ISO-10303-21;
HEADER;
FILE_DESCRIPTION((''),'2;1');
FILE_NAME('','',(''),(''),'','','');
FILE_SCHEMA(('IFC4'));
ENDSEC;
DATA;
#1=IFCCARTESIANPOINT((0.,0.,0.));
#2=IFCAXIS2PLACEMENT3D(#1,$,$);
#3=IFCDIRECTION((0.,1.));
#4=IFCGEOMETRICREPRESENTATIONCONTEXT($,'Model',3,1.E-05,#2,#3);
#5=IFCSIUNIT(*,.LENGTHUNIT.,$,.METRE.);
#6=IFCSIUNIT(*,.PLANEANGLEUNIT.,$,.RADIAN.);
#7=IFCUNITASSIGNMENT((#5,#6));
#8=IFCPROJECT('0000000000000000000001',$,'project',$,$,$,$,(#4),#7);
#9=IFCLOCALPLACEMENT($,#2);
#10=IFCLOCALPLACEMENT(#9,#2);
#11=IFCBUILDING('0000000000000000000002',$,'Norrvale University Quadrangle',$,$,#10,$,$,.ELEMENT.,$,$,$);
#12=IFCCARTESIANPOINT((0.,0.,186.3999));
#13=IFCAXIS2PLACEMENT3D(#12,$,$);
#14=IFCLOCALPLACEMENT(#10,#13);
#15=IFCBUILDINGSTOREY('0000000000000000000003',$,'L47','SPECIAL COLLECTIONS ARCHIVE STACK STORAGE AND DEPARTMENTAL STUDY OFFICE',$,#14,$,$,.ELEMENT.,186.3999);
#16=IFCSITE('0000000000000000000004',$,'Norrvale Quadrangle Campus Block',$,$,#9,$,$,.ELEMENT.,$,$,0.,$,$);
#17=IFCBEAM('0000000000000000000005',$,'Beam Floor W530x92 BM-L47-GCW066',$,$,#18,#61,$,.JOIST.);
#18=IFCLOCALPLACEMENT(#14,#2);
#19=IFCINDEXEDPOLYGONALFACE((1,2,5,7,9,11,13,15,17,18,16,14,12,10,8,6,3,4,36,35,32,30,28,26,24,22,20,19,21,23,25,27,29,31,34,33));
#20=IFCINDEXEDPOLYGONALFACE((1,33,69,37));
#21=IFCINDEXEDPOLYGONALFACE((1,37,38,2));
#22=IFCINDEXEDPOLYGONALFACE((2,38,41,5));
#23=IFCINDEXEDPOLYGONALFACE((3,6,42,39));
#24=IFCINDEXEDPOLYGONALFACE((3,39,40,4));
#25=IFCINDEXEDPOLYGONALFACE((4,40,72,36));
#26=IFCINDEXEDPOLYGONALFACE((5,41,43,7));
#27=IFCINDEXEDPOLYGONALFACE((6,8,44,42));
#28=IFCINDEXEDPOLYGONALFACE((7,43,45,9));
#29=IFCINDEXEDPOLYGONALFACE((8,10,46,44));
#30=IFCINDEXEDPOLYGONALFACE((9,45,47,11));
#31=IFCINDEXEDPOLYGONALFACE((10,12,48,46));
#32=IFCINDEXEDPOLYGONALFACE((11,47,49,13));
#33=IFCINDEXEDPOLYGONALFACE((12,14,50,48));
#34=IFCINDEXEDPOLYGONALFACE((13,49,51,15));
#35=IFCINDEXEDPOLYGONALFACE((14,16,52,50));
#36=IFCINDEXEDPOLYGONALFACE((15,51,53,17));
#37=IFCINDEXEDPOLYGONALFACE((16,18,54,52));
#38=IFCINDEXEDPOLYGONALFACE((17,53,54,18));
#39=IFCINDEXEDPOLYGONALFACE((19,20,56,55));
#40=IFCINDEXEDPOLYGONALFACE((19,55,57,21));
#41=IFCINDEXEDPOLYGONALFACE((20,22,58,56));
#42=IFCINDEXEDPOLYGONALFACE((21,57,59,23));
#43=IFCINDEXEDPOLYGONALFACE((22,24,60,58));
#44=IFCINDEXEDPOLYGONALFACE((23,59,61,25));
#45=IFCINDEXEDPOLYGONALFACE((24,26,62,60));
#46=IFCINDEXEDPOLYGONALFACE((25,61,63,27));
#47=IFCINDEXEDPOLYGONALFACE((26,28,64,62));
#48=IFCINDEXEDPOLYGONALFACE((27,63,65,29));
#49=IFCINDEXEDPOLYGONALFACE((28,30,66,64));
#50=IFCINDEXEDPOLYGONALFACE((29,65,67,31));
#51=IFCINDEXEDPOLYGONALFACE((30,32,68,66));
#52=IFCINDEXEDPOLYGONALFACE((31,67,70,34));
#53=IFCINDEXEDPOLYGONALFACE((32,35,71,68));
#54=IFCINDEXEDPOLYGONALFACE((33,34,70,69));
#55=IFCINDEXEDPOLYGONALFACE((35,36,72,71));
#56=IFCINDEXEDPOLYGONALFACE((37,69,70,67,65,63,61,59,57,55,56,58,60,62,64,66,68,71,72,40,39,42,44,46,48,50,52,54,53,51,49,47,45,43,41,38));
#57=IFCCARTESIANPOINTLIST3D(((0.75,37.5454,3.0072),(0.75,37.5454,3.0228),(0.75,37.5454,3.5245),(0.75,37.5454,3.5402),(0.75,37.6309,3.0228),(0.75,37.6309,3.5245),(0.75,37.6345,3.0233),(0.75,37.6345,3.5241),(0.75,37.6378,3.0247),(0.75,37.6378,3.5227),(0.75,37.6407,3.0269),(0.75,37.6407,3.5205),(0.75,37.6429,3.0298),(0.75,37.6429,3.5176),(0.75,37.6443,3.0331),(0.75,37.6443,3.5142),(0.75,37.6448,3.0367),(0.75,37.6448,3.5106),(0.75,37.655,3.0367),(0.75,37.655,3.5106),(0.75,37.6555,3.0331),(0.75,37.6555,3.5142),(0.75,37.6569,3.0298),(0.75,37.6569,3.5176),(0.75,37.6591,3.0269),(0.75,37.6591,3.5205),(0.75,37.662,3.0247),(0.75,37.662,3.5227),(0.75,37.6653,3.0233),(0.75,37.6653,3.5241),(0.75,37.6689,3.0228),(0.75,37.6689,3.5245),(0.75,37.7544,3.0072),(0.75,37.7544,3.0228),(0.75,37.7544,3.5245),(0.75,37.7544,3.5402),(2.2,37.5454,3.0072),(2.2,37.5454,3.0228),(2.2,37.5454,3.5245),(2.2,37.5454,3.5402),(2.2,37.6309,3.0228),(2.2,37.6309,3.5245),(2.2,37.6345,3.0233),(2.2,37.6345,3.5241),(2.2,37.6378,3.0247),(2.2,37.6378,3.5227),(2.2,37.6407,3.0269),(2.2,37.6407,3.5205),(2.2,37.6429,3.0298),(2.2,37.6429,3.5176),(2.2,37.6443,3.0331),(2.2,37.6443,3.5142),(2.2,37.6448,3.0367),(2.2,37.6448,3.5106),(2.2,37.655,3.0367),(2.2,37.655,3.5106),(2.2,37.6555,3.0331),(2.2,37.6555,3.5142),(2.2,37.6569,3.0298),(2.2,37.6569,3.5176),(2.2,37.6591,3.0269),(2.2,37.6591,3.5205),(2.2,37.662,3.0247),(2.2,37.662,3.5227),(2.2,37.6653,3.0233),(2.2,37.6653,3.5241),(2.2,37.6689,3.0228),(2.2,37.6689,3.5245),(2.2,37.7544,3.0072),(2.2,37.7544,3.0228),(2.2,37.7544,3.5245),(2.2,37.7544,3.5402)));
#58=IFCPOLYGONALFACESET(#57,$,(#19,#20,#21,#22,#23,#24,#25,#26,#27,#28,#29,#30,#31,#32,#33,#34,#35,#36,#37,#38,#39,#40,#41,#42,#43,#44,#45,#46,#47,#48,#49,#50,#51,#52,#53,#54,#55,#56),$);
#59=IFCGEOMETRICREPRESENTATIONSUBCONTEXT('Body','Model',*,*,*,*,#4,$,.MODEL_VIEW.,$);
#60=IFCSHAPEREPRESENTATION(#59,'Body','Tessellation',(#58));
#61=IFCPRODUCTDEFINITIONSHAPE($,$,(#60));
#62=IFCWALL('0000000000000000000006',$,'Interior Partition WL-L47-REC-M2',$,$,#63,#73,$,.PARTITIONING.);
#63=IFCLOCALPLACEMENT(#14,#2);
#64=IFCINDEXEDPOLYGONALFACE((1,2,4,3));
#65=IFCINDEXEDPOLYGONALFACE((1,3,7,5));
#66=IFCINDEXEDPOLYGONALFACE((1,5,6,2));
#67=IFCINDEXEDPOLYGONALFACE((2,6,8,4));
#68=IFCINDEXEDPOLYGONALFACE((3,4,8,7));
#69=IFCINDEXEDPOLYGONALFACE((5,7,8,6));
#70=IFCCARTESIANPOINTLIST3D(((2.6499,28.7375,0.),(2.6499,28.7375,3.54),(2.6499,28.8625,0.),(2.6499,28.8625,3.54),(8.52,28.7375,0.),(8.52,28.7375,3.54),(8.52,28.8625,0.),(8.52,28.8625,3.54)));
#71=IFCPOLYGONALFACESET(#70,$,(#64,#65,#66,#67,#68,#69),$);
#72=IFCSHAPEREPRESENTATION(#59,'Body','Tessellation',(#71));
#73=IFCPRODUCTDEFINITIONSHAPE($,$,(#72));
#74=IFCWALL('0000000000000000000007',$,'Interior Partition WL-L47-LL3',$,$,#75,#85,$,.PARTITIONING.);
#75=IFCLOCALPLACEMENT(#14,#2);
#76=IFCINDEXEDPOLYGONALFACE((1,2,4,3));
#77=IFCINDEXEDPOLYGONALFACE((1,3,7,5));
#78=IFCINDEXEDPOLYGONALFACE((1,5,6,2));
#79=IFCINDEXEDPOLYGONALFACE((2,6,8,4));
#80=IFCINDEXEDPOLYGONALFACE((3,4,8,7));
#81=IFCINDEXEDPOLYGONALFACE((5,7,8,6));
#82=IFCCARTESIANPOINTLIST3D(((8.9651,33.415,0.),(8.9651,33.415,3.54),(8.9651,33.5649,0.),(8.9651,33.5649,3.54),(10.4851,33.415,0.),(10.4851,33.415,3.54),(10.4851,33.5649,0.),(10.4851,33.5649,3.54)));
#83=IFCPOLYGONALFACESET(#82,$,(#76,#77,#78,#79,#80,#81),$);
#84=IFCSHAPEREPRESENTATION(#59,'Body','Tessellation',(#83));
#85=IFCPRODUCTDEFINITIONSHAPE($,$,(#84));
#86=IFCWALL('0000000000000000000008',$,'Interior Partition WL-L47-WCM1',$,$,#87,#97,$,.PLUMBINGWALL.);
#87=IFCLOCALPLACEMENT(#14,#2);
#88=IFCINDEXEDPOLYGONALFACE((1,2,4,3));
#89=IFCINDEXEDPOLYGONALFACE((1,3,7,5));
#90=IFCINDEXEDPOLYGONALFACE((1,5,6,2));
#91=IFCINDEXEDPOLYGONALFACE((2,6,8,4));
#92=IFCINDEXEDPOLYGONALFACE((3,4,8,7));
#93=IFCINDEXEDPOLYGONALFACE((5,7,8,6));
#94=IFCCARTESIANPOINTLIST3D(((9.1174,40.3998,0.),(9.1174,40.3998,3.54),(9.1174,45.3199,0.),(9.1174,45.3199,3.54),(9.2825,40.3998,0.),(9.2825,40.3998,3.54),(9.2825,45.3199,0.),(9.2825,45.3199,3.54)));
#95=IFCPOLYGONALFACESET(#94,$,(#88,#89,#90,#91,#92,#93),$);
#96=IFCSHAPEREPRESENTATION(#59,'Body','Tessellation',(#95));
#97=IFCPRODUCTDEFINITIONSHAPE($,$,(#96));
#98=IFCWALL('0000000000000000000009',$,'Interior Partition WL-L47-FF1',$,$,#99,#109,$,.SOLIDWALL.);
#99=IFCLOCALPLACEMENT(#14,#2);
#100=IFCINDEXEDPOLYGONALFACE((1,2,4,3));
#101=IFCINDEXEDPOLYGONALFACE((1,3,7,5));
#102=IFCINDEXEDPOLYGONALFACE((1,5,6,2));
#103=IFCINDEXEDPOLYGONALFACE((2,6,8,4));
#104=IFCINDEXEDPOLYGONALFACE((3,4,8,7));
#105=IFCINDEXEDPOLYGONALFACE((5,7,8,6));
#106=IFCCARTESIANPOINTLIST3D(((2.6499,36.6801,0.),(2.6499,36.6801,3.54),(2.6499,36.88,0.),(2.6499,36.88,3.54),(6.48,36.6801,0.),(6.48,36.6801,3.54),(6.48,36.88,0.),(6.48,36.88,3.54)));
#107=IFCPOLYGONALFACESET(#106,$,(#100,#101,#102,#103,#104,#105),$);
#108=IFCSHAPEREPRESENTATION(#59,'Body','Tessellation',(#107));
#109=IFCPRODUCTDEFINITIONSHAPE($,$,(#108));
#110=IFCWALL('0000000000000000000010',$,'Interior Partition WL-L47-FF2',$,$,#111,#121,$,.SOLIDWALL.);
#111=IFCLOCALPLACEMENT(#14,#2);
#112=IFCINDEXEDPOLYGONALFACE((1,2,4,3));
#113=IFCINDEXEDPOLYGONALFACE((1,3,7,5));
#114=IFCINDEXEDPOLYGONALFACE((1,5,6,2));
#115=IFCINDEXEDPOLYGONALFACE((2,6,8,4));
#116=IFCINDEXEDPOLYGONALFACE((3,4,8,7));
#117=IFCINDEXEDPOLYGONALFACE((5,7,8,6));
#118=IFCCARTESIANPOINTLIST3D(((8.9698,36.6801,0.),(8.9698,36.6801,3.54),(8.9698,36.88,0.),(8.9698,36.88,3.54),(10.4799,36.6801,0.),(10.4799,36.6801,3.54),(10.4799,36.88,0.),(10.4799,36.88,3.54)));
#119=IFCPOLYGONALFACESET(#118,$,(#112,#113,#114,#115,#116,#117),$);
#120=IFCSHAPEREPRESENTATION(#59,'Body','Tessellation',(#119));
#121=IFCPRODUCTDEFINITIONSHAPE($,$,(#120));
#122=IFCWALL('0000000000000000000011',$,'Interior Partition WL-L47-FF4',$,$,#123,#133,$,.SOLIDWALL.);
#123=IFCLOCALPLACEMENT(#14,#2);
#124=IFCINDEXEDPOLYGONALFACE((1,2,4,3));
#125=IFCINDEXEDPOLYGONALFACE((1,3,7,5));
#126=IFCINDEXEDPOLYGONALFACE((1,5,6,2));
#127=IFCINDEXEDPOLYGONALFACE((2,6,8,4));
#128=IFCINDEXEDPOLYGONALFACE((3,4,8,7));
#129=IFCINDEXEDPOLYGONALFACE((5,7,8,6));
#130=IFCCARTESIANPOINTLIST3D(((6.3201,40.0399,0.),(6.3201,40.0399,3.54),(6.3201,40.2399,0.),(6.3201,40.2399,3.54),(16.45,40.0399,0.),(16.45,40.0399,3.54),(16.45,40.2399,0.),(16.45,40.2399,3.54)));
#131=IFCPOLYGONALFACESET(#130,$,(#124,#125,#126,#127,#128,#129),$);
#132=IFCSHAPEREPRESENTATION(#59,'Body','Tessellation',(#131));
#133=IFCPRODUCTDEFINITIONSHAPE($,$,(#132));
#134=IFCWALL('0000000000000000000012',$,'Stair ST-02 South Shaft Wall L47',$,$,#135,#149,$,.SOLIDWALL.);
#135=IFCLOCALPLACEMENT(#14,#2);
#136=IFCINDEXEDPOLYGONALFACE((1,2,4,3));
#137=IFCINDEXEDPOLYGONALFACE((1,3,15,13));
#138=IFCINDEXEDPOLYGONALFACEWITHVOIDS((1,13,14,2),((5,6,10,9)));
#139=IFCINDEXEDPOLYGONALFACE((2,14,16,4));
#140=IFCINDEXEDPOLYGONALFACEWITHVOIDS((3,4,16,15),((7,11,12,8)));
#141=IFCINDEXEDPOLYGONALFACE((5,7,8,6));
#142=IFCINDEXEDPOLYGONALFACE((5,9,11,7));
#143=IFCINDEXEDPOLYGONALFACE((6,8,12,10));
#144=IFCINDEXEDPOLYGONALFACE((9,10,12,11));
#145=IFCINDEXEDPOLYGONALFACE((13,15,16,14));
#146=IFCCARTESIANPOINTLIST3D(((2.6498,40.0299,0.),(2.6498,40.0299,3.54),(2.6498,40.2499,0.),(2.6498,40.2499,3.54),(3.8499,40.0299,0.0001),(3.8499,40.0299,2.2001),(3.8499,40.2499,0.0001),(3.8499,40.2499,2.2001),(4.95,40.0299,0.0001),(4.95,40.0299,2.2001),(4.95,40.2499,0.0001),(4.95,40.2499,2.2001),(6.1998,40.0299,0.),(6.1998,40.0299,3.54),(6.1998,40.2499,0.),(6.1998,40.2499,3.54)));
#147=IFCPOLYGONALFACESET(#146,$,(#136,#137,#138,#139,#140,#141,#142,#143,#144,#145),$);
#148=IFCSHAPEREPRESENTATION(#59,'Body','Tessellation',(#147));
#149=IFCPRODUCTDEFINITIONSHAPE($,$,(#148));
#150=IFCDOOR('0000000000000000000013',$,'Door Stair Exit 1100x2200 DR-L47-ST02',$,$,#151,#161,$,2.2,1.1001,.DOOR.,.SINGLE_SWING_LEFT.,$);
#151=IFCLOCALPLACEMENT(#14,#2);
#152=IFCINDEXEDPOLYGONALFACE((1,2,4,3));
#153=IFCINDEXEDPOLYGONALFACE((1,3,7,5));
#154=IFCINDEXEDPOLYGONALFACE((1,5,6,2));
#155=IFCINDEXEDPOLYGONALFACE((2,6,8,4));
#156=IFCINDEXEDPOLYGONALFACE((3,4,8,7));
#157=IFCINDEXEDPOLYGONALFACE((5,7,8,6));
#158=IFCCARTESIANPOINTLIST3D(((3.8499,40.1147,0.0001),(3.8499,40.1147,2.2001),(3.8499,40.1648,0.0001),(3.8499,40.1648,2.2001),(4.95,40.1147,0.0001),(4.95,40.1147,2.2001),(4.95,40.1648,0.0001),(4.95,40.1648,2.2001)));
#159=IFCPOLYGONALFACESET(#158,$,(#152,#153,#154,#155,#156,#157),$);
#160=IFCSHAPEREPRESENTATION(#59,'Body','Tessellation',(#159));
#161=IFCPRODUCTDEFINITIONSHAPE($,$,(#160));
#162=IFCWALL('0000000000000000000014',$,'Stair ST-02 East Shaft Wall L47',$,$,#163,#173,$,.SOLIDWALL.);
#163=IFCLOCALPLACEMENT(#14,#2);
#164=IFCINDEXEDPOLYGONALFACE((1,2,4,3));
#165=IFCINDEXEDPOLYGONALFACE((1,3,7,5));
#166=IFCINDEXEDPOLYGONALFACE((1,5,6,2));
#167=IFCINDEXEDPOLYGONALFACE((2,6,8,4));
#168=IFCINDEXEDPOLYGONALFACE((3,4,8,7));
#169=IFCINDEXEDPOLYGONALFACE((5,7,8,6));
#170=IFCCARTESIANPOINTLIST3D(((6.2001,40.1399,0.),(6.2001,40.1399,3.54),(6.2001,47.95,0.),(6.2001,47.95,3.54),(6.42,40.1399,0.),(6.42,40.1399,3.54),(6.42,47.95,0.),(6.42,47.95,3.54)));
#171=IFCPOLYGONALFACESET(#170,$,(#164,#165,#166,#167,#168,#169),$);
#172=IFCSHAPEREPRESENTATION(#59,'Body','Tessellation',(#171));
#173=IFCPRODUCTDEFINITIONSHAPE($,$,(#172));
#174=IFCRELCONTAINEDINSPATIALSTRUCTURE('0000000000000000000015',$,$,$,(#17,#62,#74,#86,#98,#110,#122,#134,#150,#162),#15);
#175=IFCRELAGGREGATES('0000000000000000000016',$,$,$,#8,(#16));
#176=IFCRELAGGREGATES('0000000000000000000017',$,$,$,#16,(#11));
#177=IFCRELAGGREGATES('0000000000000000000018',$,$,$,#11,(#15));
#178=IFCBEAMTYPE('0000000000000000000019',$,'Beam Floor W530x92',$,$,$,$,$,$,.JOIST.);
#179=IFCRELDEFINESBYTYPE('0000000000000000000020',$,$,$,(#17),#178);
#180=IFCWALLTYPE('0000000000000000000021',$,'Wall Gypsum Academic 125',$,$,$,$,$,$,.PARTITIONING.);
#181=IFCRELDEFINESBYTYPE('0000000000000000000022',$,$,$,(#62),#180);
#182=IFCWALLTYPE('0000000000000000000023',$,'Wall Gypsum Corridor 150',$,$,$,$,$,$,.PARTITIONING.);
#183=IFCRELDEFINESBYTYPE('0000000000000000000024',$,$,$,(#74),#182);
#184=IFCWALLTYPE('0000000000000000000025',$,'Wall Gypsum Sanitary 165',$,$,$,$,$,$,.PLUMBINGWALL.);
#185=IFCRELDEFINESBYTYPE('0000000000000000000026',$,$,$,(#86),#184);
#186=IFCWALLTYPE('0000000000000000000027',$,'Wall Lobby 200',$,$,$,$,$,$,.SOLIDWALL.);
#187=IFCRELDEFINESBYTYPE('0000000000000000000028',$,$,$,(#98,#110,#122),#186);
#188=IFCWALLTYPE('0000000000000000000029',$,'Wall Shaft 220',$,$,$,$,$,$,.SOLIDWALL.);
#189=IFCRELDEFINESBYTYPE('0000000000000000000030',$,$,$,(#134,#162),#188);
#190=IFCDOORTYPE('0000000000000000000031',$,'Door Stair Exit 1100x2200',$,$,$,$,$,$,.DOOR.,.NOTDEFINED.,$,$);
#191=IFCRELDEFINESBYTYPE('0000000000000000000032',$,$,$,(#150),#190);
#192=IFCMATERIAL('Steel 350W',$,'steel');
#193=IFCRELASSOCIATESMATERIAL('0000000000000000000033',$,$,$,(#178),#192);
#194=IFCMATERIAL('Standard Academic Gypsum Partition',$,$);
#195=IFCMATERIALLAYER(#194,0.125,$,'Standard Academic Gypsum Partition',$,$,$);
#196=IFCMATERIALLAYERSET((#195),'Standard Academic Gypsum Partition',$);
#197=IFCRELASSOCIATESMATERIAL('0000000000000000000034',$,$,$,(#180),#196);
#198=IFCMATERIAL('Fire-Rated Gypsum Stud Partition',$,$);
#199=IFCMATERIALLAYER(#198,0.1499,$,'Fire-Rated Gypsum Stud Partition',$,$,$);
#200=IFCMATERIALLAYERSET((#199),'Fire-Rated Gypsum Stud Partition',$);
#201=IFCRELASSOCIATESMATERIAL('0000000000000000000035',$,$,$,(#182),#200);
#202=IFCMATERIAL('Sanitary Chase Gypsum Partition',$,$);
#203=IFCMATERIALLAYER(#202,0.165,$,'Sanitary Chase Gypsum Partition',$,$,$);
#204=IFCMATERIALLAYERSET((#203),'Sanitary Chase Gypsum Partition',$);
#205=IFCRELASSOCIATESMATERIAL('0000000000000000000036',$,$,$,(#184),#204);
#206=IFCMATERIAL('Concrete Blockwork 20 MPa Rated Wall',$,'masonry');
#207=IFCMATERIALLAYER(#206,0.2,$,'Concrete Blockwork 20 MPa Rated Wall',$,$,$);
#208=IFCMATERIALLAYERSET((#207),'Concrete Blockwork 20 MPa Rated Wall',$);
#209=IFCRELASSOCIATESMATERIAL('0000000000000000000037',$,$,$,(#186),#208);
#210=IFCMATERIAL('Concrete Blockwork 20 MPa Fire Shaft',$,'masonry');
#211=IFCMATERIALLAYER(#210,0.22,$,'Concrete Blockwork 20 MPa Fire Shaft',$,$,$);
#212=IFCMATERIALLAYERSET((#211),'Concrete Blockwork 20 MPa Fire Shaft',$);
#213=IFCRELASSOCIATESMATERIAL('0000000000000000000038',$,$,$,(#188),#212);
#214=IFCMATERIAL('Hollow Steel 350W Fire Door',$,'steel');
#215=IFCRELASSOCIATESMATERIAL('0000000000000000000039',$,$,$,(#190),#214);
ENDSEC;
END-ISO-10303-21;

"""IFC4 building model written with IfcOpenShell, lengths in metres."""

from ifc_helpers import new_model, si_unit, direction, frame, frame_2d, origin, origin_2d, place, context, subcontext, project, spatial, rectangle, i_section, extrude, material, layer, layer_set, material_profile, profile_set, type_object, element, fill, save


model = new_model("IFC4")

# Units and contexts
model_context = context("Model", 3, precision=1e-05, world=origin(), true_north=direction((0.0, 1.0)))
body_context = subcontext(model_context, "Body", "Model", "MODEL_VIEW")
ifc_project = project(units=[si_unit("LENGTHUNIT", "METRE"), si_unit("PLANEANGLEUNIT", "RADIAN")], contexts=[model_context])

# Site, building, storey
site_placement = place(None, origin())
site = spatial("IfcSite", under=ifc_project, at=site_placement, Name="Norrvale Quadrangle Campus Block", CompositionType="ELEMENT", RefElevation=0.0)
building_placement = place(site_placement, origin())
building = spatial("IfcBuilding", under=site, at=building_placement, Name="Norrvale University Quadrangle", CompositionType="ELEMENT")
storey_placement = place(building_placement, frame((0.0, 0.0, 186.3999)))
storey = spatial("IfcBuildingStorey", under=building, at=storey_placement, Name="L47", Description="SPECIAL COLLECTIONS ARCHIVE STACK STORAGE AND DEPARTMENTAL STUDY OFFICE", CompositionType="ELEMENT", Elevation=186.3999)

# Beam
ifc_material_1 = material(Name="Steel 350W", Category="steel")
ifc_material_profile_1 = material_profile(ifc_material_1, i_section(OverallWidth=0.209, OverallDepth=0.533, WebThickness=0.0103, FlangeThickness=0.0156, FilletRadius=0.0139, at=origin_2d()), Name="Steel 350W")
ifc_profile_set_1 = profile_set([ifc_material_profile_1], Name="Steel 350W")
beam_type = type_object("IfcBeamType", Name="Beam Floor W530x92", PredefinedType="JOIST", material=ifc_profile_set_1)
for number, where, z_axis, x_axis, name in (
    (1, (0.75, 37.6499, 3.2737), (1.0, 0.0, 0.0), (0.0, 1.0, 0.0), "Beam Floor W530x92 BM-L47-GCW066"),
):
    element("IfcBeam", number, at=place(storey_placement, frame(where, z_axis=z_axis, x_axis=x_axis)), inside=storey, type_object=beam_type, Name=name, PredefinedType="JOIST", context=body_context, shape_type="SweptSolid", body=[
        extrude(i_section(OverallWidth=0.209, OverallDepth=0.533, WebThickness=0.0103, FlangeThickness=0.0156, FilletRadius=0.0139, at=origin_2d()), origin(), (0.0, 0.0, 1.0), 1.45),
    ])

# Walls
ifc_material_2 = material(Name="Standard Academic Gypsum Partition")
ifc_layer_1 = layer(ifc_material_2, 0.125, Name="Standard Academic Gypsum Partition")
ifc_layer_set_1 = layer_set([ifc_layer_1], Name="Standard Academic Gypsum Partition")
wall_type_1 = type_object("IfcWallType", Name="Wall Gypsum Academic 125", PredefinedType="PARTITIONING", material=ifc_layer_set_1)
wall_1_placement = place(storey_placement, frame((2.6499, 28.8, 0.0), z_axis=(0.0, 0.0, 1.0), x_axis=(1.0, 0.0, 0.0)))
element("IfcWall", 2, at=wall_1_placement, inside=storey, type_object=wall_type_1, Name="Interior Partition WL-L47-REC-M2", PredefinedType="PARTITIONING", context=body_context, shape_type="SweptSolid", body=[
    extrude(rectangle(XDim=5.8701, YDim=0.125, at=frame_2d((2.9351, 0.0))), origin(), (0.0, 0.0, 1.0), 3.54),
])
ifc_material_3 = material(Name="Fire-Rated Gypsum Stud Partition")
ifc_layer_2 = layer(ifc_material_3, 0.1499, Name="Fire-Rated Gypsum Stud Partition")
ifc_layer_set_2 = layer_set([ifc_layer_2], Name="Fire-Rated Gypsum Stud Partition")
wall_type_2 = type_object("IfcWallType", Name="Wall Gypsum Corridor 150", PredefinedType="PARTITIONING", material=ifc_layer_set_2)
wall_2_placement = place(storey_placement, frame((8.9651, 33.49, 0.0), z_axis=(0.0, 0.0, 1.0), x_axis=(1.0, 0.0, 0.0)))
element("IfcWall", 3, at=wall_2_placement, inside=storey, type_object=wall_type_2, Name="Interior Partition WL-L47-LL3", PredefinedType="PARTITIONING", context=body_context, shape_type="SweptSolid", body=[
    extrude(rectangle(XDim=1.52, YDim=0.1499, at=frame_2d((0.76, 0.0))), origin(), (0.0, 0.0, 1.0), 3.54),
])
ifc_material_4 = material(Name="Sanitary Chase Gypsum Partition")
ifc_layer_3 = layer(ifc_material_4, 0.165, Name="Sanitary Chase Gypsum Partition")
ifc_layer_set_3 = layer_set([ifc_layer_3], Name="Sanitary Chase Gypsum Partition")
wall_type_3 = type_object("IfcWallType", Name="Wall Gypsum Sanitary 165", PredefinedType="PLUMBINGWALL", material=ifc_layer_set_3)
wall_3_placement = place(storey_placement, frame((9.2, 40.3999, 0.0), z_axis=(0.0, 0.0, 1.0), x_axis=(0.0, 1.0, 0.0)))
element("IfcWall", 4, at=wall_3_placement, inside=storey, type_object=wall_type_3, Name="Interior Partition WL-L47-WCM1", PredefinedType="PLUMBINGWALL", context=body_context, shape_type="SweptSolid", body=[
    extrude(rectangle(XDim=4.9202, YDim=0.165, at=frame_2d((2.46, 0.0))), origin(), (0.0, 0.0, 1.0), 3.54),
])
ifc_material_5 = material(Name="Concrete Blockwork 20 MPa Rated Wall", Category="masonry")
ifc_layer_4 = layer(ifc_material_5, 0.2, Name="Concrete Blockwork 20 MPa Rated Wall")
ifc_layer_set_4 = layer_set([ifc_layer_4], Name="Concrete Blockwork 20 MPa Rated Wall")
wall_type_4 = type_object("IfcWallType", Name="Wall Lobby 200", PredefinedType="SOLIDWALL", material=ifc_layer_set_4)
wall_4_placement = place(storey_placement, frame((2.6499, 36.78, 0.0), z_axis=(0.0, 0.0, 1.0), x_axis=(1.0, 0.0, 0.0)))
element("IfcWall", 5, at=wall_4_placement, inside=storey, type_object=wall_type_4, Name="Interior Partition WL-L47-FF1", PredefinedType="SOLIDWALL", context=body_context, shape_type="SweptSolid", body=[
    extrude(rectangle(XDim=3.8301, YDim=0.2, at=frame_2d((1.915, 0.0))), origin(), (0.0, 0.0, 1.0), 3.54),
])
wall_5_placement = place(storey_placement, frame((8.97, 36.78, 0.0), z_axis=(0.0, 0.0, 1.0), x_axis=(1.0, 0.0, 0.0)))
element("IfcWall", 6, at=wall_5_placement, inside=storey, type_object=wall_type_4, Name="Interior Partition WL-L47-FF2", PredefinedType="SOLIDWALL", context=body_context, shape_type="SweptSolid", body=[
    extrude(rectangle(XDim=1.51, YDim=0.2, at=frame_2d((0.7549, 0.0))), origin(), (0.0, 0.0, 1.0), 3.54),
])
wall_6_placement = place(storey_placement, frame((6.3201, 40.1399, 0.0), z_axis=(0.0, 0.0, 1.0), x_axis=(1.0, 0.0, 0.0)))
element("IfcWall", 7, at=wall_6_placement, inside=storey, type_object=wall_type_4, Name="Interior Partition WL-L47-FF4", PredefinedType="SOLIDWALL", context=body_context, shape_type="SweptSolid", body=[
    extrude(rectangle(XDim=10.1299, YDim=0.2, at=frame_2d((5.0649, 0.0))), origin(), (0.0, 0.0, 1.0), 3.54),
])

# Wall, opening, door
ifc_material_6 = material(Name="Concrete Blockwork 20 MPa Fire Shaft", Category="masonry")
ifc_layer_5 = layer(ifc_material_6, 0.22, Name="Concrete Blockwork 20 MPa Fire Shaft")
ifc_layer_set_5 = layer_set([ifc_layer_5], Name="Concrete Blockwork 20 MPa Fire Shaft")
wall_type_5 = type_object("IfcWallType", Name="Wall Shaft 220", PredefinedType="SOLIDWALL", material=ifc_layer_set_5)
wall_7_placement = place(storey_placement, frame((2.6499, 40.1399, 0.0), z_axis=(0.0, 0.0, 1.0), x_axis=(1.0, 0.0, 0.0)))
wall_7 = element("IfcWall", 8, at=wall_7_placement, inside=storey, type_object=wall_type_5, Name="Stair ST-02 South Shaft Wall L47", PredefinedType="SOLIDWALL", context=body_context, shape_type="SweptSolid", body=[
    extrude(rectangle(XDim=3.55, YDim=0.22, at=frame_2d((1.7749, 0.0))), origin(), (0.0, 0.0, 1.0), 3.54),
])
opening_1_placement = place(wall_7_placement, frame((1.2, 0.0, 0.0)))
opening_1 = element("IfcOpeningElement", 9, at=opening_1_placement, cuts=wall_7, PredefinedType="OPENING", context=body_context, shape_type="SweptSolid", body=[
    extrude(rectangle(XDim=1.1001, YDim=2.2, at=frame_2d((0.55, 1.1001))), frame((0.0, 0.1221, 0.0), z_axis=(0.0, -1.0, 0.0), x_axis=(1.0, 0.0, 0.0)), (0.0, 0.0, 1.0), 0.2439),
])
ifc_material_7 = material(Name="Hollow Steel 350W Fire Door", Category="steel")
door_type_1 = type_object("IfcDoorType", Name="Door Stair Exit 1100x2200", OperationType="NOTDEFINED", PredefinedType="DOOR", material=ifc_material_7)
door_1_placement = place(opening_1_placement, origin())
door_1 = element("IfcDoor", 10, at=door_1_placement, inside=storey, type_object=door_type_1, Name="Door Stair Exit 1100x2200 DR-L47-ST02", OperationType="SINGLE_SWING_LEFT", OverallHeight=2.2, OverallWidth=1.1001, PredefinedType="DOOR", context=body_context, shape_type="SweptSolid", body=[
    extrude(rectangle(XDim=1.1001, YDim=2.2, at=frame_2d((0.55, 1.1001))), frame((0.0, 0.0249, 0.0), z_axis=(0.0, -1.0, 0.0), x_axis=(1.0, 0.0, 0.0)), (0.0, 0.0, 1.0), 0.05),
])
fill(opening_1, door_1)

# Wall
wall_8_placement = place(storey_placement, frame((6.3101, 40.1399, 0.0), z_axis=(0.0, 0.0, 1.0), x_axis=(0.0, 1.0, 0.0)))
element("IfcWall", 11, at=wall_8_placement, inside=storey, type_object=wall_type_5, Name="Stair ST-02 East Shaft Wall L47", PredefinedType="SOLIDWALL", context=body_context, shape_type="SweptSolid", body=[
    extrude(rectangle(XDim=7.8101, YDim=0.22, at=frame_2d((3.905, 0.0))), origin(), (0.0, 0.0, 1.0), 3.54),
])

save(model, "model.ifc")
